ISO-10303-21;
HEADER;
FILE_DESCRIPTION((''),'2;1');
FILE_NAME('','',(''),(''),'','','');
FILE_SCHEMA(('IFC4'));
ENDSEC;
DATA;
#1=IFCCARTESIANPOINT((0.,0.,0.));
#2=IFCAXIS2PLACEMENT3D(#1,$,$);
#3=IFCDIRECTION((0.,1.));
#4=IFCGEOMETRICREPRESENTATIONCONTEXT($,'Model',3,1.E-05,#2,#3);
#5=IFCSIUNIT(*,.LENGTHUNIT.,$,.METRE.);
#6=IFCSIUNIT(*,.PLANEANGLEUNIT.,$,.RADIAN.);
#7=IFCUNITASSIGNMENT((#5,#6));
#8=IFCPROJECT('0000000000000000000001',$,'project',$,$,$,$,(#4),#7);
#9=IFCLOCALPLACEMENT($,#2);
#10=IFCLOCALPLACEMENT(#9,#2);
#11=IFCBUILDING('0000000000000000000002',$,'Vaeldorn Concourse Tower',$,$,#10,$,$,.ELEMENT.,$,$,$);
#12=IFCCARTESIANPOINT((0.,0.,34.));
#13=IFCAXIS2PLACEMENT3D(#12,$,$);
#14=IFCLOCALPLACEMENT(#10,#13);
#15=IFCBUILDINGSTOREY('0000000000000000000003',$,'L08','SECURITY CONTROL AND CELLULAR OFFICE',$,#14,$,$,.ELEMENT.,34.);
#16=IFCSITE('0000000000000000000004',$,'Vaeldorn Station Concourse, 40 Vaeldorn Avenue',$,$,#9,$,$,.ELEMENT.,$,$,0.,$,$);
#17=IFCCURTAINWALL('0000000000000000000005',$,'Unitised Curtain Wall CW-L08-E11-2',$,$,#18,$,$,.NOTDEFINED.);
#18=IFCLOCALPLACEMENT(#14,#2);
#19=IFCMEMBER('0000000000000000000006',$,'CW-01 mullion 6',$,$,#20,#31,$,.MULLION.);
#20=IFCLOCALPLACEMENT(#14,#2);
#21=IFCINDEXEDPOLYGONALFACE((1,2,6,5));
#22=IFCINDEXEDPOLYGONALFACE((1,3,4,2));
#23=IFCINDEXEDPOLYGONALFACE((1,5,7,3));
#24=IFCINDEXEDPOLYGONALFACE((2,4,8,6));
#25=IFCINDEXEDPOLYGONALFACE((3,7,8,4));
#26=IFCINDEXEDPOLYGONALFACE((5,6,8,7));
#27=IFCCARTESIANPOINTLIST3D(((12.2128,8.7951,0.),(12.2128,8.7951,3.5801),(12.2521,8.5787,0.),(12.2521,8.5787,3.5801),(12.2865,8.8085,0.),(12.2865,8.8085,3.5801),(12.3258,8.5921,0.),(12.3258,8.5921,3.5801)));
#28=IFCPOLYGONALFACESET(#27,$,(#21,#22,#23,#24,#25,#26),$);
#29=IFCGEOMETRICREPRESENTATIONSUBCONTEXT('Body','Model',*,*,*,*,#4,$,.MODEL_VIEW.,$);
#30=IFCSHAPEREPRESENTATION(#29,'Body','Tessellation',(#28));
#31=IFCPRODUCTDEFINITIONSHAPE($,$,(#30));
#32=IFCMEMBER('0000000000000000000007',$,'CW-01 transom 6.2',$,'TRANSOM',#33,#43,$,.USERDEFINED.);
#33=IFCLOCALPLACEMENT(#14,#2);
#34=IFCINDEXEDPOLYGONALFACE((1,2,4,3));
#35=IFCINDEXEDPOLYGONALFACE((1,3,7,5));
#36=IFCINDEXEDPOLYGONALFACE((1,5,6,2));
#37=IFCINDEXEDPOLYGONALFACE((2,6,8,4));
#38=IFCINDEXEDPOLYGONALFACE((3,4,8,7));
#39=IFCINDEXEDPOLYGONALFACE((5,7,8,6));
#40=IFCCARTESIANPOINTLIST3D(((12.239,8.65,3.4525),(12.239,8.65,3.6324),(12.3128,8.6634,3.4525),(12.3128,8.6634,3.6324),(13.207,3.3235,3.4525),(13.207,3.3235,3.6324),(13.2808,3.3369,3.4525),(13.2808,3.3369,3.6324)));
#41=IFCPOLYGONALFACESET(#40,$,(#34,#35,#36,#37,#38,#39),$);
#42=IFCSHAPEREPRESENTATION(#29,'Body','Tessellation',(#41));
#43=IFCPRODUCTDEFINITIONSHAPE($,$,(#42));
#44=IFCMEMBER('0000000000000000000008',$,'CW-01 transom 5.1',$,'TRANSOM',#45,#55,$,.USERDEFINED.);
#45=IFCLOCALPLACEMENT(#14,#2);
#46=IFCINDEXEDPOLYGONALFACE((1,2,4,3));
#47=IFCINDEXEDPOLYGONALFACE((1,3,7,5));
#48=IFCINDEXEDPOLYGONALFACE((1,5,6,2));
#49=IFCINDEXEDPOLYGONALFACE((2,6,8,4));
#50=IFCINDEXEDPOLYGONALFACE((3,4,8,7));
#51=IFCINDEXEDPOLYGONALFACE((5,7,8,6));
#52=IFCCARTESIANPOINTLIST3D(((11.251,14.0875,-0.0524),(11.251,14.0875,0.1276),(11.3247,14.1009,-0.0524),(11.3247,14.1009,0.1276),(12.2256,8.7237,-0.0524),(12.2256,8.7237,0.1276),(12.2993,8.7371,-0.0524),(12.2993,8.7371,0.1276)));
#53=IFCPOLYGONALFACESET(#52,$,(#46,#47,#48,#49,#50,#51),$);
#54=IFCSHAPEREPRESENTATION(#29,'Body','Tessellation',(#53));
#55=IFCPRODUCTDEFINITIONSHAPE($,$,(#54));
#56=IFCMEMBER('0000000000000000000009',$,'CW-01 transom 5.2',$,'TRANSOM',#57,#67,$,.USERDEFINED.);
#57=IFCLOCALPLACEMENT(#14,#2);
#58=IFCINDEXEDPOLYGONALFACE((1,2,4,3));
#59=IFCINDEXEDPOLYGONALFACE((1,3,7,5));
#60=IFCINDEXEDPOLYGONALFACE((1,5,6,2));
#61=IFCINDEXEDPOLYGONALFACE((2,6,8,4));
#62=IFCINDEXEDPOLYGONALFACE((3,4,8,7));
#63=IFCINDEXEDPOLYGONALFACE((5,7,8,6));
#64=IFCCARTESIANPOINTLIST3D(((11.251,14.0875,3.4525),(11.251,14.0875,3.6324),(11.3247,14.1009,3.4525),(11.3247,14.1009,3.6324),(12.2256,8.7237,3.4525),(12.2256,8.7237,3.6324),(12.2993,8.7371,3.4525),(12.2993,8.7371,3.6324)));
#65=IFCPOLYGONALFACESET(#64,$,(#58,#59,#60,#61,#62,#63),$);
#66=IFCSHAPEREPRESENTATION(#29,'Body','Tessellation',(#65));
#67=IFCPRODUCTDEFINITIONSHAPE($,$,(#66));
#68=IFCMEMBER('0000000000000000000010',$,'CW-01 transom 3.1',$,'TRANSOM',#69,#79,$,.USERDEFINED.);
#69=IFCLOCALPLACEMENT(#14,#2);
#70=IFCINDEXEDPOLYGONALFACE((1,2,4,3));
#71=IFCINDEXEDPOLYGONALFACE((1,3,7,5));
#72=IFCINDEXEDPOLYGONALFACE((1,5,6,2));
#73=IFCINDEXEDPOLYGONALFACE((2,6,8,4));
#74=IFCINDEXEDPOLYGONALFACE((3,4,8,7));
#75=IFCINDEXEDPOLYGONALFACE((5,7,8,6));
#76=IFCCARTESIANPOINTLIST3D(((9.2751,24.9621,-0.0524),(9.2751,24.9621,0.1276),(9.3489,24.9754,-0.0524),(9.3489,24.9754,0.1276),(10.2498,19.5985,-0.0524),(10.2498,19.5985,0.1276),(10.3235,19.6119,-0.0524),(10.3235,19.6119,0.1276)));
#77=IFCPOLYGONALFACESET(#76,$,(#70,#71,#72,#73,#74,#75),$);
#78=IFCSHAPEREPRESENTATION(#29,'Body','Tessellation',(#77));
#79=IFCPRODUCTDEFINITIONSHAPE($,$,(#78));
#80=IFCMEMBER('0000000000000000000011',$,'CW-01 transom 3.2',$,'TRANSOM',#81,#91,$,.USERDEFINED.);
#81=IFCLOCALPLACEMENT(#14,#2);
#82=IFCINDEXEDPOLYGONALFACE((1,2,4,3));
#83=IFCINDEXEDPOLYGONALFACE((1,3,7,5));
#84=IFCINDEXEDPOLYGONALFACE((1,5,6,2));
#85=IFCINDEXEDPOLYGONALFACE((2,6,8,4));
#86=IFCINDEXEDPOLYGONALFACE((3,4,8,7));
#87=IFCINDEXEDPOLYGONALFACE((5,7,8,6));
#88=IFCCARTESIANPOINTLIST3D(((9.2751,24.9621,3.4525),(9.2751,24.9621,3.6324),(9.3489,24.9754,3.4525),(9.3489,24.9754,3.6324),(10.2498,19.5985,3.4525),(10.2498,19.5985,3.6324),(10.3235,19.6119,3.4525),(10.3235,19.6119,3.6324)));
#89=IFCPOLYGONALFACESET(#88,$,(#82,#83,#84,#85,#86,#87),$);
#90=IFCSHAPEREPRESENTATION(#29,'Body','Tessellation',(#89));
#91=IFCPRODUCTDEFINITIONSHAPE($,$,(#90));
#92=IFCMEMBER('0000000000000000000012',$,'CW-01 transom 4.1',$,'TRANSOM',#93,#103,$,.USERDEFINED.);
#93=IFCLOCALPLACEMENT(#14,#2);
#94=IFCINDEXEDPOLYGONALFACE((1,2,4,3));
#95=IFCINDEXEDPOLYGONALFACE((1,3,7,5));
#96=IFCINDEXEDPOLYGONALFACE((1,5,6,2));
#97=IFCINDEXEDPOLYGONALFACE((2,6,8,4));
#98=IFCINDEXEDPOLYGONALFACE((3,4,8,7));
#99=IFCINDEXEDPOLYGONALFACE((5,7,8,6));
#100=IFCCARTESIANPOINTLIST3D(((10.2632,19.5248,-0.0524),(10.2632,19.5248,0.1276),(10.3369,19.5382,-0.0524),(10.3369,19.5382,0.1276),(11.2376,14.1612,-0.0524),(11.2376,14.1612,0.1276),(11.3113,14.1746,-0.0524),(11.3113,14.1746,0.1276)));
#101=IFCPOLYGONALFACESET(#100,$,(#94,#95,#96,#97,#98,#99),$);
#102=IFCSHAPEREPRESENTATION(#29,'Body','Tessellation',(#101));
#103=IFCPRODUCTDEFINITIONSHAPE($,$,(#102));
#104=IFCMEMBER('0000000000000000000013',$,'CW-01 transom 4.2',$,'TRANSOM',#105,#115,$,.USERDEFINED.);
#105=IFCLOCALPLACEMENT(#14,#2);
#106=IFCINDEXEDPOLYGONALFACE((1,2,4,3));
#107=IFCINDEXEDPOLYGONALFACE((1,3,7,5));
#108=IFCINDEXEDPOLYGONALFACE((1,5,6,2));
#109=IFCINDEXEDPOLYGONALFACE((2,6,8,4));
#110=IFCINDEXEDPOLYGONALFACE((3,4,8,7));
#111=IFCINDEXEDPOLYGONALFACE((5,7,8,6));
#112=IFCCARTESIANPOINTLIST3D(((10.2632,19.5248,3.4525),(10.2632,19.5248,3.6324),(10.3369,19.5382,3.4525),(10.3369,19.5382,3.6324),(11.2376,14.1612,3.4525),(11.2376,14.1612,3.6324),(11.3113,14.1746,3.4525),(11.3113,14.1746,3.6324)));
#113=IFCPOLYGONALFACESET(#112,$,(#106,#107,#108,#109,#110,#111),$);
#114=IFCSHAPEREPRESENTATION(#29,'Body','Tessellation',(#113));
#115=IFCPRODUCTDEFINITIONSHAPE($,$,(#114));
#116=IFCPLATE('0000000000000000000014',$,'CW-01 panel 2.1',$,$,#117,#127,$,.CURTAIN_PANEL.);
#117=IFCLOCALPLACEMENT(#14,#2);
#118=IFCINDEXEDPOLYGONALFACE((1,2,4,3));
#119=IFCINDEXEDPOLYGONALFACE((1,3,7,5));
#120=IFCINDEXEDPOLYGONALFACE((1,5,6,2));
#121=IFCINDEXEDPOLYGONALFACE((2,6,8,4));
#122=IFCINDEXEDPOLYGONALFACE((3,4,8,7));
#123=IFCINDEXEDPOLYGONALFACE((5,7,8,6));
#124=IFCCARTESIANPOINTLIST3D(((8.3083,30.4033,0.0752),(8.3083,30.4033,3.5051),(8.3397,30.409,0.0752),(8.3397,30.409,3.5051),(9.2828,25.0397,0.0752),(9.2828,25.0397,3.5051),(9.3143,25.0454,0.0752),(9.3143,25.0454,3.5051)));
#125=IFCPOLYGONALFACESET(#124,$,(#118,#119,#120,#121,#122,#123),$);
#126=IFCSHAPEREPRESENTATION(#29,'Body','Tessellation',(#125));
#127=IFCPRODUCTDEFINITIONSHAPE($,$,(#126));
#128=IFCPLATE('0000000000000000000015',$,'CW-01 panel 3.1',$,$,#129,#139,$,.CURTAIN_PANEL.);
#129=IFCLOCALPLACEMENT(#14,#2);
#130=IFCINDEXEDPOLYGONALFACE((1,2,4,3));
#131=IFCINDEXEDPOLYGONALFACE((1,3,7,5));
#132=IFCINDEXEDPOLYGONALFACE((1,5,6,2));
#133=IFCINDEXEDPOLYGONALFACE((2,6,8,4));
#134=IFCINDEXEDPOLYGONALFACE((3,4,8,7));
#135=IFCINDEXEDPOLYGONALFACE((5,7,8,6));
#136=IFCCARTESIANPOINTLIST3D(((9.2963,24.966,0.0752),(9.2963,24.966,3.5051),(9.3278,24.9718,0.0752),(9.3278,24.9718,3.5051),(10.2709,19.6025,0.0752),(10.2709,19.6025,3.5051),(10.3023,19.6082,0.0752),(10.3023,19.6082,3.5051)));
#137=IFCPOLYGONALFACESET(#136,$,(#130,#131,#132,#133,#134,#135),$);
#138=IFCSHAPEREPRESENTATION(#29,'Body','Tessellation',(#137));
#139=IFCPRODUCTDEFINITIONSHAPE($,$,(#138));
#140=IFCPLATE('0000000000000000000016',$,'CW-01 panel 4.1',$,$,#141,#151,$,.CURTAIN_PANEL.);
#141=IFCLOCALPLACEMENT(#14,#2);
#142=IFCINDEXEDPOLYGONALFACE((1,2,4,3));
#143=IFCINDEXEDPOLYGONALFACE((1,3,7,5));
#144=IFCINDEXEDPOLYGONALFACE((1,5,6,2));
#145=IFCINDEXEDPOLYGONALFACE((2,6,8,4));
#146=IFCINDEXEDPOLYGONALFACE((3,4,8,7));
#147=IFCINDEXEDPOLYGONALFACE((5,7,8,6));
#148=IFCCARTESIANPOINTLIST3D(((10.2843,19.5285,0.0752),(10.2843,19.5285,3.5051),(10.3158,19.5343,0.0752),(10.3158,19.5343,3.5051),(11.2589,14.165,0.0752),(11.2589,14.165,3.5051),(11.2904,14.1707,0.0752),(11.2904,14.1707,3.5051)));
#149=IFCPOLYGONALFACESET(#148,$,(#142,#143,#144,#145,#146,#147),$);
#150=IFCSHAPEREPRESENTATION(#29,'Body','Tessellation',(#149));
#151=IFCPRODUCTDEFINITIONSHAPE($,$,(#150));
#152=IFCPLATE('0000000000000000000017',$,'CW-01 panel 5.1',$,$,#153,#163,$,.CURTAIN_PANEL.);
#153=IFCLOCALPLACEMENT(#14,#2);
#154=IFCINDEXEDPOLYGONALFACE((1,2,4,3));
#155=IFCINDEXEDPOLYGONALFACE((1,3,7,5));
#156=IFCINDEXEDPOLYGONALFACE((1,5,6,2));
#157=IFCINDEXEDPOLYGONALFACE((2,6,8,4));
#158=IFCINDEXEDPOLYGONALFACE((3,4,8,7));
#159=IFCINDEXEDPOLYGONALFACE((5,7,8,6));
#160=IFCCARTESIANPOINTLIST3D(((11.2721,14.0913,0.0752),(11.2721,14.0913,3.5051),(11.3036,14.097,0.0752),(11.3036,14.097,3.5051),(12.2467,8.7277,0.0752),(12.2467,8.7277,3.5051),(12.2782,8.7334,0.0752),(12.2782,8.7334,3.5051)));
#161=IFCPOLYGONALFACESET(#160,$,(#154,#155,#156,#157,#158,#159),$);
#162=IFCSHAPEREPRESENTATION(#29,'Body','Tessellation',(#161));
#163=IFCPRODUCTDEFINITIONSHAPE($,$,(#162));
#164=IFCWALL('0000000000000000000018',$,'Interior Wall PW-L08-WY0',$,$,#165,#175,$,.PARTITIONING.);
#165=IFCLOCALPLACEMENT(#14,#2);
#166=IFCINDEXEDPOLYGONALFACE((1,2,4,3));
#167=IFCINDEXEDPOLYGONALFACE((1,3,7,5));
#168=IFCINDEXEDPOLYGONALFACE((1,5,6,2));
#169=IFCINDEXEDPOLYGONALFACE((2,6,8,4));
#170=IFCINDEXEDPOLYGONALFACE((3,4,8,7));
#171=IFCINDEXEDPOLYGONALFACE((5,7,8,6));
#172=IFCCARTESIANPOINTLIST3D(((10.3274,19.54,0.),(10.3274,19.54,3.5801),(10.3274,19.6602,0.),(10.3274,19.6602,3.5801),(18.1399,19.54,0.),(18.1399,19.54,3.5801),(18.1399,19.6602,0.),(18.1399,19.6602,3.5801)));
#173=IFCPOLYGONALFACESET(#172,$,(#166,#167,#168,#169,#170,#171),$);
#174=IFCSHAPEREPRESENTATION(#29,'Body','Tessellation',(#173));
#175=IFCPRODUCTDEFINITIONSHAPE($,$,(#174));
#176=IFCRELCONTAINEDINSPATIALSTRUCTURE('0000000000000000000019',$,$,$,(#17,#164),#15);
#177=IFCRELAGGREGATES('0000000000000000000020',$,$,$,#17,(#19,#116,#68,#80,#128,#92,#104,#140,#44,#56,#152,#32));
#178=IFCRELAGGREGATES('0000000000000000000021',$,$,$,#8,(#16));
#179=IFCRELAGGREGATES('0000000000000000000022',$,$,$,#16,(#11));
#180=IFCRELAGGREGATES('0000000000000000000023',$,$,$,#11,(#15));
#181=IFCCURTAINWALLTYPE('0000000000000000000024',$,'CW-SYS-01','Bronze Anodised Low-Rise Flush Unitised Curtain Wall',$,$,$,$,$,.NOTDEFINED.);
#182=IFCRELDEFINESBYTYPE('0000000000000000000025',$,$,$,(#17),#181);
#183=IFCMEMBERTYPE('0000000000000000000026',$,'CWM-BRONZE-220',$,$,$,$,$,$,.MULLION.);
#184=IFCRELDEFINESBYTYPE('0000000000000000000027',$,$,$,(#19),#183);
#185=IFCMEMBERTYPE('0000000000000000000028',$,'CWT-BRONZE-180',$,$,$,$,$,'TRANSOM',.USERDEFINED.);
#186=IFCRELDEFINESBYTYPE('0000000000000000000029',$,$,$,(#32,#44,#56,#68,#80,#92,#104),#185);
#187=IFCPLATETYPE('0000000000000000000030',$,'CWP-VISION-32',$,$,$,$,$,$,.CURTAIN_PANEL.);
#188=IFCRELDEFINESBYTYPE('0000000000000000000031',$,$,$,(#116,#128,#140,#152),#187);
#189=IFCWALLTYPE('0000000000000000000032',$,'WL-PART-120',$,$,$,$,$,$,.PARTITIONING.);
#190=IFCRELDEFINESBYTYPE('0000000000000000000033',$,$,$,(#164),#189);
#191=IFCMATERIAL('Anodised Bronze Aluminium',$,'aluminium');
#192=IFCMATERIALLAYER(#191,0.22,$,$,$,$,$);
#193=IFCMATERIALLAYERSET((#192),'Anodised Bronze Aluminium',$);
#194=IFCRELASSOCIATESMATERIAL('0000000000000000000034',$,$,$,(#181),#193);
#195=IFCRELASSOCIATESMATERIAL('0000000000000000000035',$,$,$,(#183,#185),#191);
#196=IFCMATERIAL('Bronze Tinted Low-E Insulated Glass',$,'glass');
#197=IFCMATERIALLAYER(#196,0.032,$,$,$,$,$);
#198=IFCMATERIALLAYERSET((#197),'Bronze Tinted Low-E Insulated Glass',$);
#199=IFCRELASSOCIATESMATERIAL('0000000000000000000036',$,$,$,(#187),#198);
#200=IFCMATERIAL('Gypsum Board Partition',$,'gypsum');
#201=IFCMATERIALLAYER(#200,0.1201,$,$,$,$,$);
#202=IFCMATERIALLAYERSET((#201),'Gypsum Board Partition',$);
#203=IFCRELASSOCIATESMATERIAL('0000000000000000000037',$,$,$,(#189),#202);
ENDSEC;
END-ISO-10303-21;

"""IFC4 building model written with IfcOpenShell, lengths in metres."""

from ifc_helpers import new_model, si_unit, direction, frame, frame_2d, origin, origin_2d, place, context, subcontext, project, spatial, rectangle, extrude, source, transform, mapped, material, layer, layer_set, material_profile, profile_set, type_object, element, aggregate, save


model = new_model("IFC4")

# Units and contexts
model_context = context("Model", 3, precision=1e-05, world=origin(), true_north=direction((0.0, 1.0)))
body_context = subcontext(model_context, "Body", "Model", "MODEL_VIEW")
ifc_project = project(units=[si_unit("LENGTHUNIT", "METRE"), si_unit("PLANEANGLEUNIT", "RADIAN")], contexts=[model_context])

# Site, building, storey
site_placement = place(None, origin())
site = spatial("IfcSite", under=ifc_project, at=site_placement, Name="Vaeldorn Station Concourse, 40 Vaeldorn Avenue", CompositionType="ELEMENT", RefElevation=0.0)
building_placement = place(site_placement, origin())
building = spatial("IfcBuilding", under=site, at=building_placement, Name="Vaeldorn Concourse Tower", CompositionType="ELEMENT")
storey_placement = place(building_placement, frame((0.0, 0.0, 34.0)))
storey = spatial("IfcBuildingStorey", under=building, at=storey_placement, Name="L08", Description="SECURITY CONTROL AND CELLULAR OFFICE", CompositionType="ELEMENT", Elevation=34.0)

# Curtain wall, members, plates
ifc_material_1 = material(Name="Anodised Bronze Aluminium", Category="aluminium")
ifc_layer_1 = layer(ifc_material_1, 0.22)
ifc_layer_set_1 = layer_set([ifc_layer_1], Name="Anodised Bronze Aluminium")
curtain_wall_type = type_object("IfcCurtainWallType", Name="CW-SYS-01", Description="Bronze Anodised Low-Rise Flush Unitised Curtain Wall", PredefinedType="NOTDEFINED", material=ifc_layer_set_1)
curtain_wall_placement = place(storey_placement, origin())
curtain_wall = element("IfcCurtainWall", 1, at=curtain_wall_placement, inside=storey, type_object=curtain_wall_type, Name="Unitised Curtain Wall CW-L08-E11-2", PredefinedType="NOTDEFINED")
ifc_material_profile_1 = material_profile(ifc_material_1, rectangle(XDim=0.075, YDim=0.22, at=origin_2d()), Name="CWM 75x220")
ifc_profile_set_1 = profile_set([ifc_material_profile_1], Name="Anodised Bronze Aluminium")
member_type_1 = type_object("IfcMemberType", Name="CWM-BRONZE-220", PredefinedType="MULLION", material=ifc_profile_set_1)
shared_shape_1 = source(origin(), body_context, "Body", "SweptSolid", [
    extrude(rectangle(XDim=0.075, YDim=0.22, at=origin_2d()), origin(), (0.0, 0.0, 1.0), 3.5801),
])
member_1_placement = place(storey_placement, frame((12.2693, 8.6936, 0.0), z_axis=(0.0, 0.0, 1.0), x_axis=(0.98389, 0.178775, 0.0)))
member_1 = element("IfcMember", 2, at=member_1_placement, type_object=member_type_1, Name="CW-01 mullion 6", PredefinedType="MULLION", context=body_context, shape_type="MappedRepresentation", body=[
    mapped(shared_shape_1, transform((0.0, 0.0, 0.0), scale=1.0)),
])
ifc_material_profile_2 = material_profile(ifc_material_1, rectangle(XDim=0.075, YDim=0.1799, at=origin_2d()), Name="CWT 75x180")
ifc_profile_set_2 = profile_set([ifc_material_profile_2], Name="Anodised Bronze Aluminium")
member_type_2 = type_object("IfcMemberType", Name="CWT-BRONZE-180", ElementType="TRANSOM", PredefinedType="USERDEFINED", material=ifc_profile_set_2)
shared_shape_2 = source(origin(), body_context, "Body", "SweptSolid", [
    extrude(rectangle(XDim=0.075, YDim=0.1799, at=origin_2d()), origin(), (0.0, 0.0, 1.0), 5.4138),
])
member_2_placement = place(storey_placement, frame((12.2759, 8.6567, 3.5425), z_axis=(0.178802, -0.983885, 0.0), x_axis=(0.983885, 0.178802, 0.0)))
member_2 = element("IfcMember", 3, at=member_2_placement, type_object=member_type_2, Name="CW-01 transom 6.2", ObjectType="TRANSOM", PredefinedType="USERDEFINED", context=body_context, shape_type="MappedRepresentation", body=[
    mapped(shared_shape_2, transform((0.0, 0.0, 0.0), scale=1.0)),
])
shared_shape_3 = source(origin(), body_context, "Body", "SweptSolid", [
    extrude(rectangle(XDim=0.075, YDim=0.1799, at=origin_2d()), origin(), (0.0, 0.0, 1.0), 5.4517),
])
member_3_placement = place(storey_placement, frame((11.2878, 14.0942, 0.0376), z_axis=(0.178775, -0.98389, 0.0), x_axis=(0.98389, 0.178775, 0.0)))
member_3 = element("IfcMember", 4, at=member_3_placement, type_object=member_type_2, Name="CW-01 transom 5.1", ObjectType="TRANSOM", PredefinedType="USERDEFINED", context=body_context, shape_type="MappedRepresentation", body=[
    mapped(shared_shape_3, transform((0.0, 0.0, 0.0), scale=1.0)),
])
member_4_placement = place(storey_placement, frame((11.2878, 14.0942, 3.5425), z_axis=(0.178775, -0.98389, 0.0), x_axis=(0.98389, 0.178775, 0.0)))
member_4 = element("IfcMember", 5, at=member_4_placement, type_object=member_type_2, Name="CW-01 transom 5.2", ObjectType="TRANSOM", PredefinedType="USERDEFINED", context=body_context, shape_type="MappedRepresentation", body=[
    mapped(shared_shape_3, transform((0.0, 0.0, 0.0), scale=1.0)),
])
shared_shape_4 = source(origin(), body_context, "Body", "SweptSolid", [
    extrude(rectangle(XDim=0.075, YDim=0.1799, at=origin_2d()), origin(), (0.0, 0.0, 1.0), 5.4514),
])
member_5_placement = place(storey_placement, frame((9.312, 24.9688, 0.0376), z_axis=(0.178783, -0.983889, 0.0), x_axis=(0.983889, 0.178783, 0.0)))
member_5 = element("IfcMember", 6, at=member_5_placement, type_object=member_type_2, Name="CW-01 transom 3.1", ObjectType="TRANSOM", PredefinedType="USERDEFINED", context=body_context, shape_type="MappedRepresentation", body=[
    mapped(shared_shape_4, transform((0.0, 0.0, 0.0), scale=1.0)),
])
member_6_placement = place(storey_placement, frame((9.312, 24.9688, 3.5425), z_axis=(0.178783, -0.983889, 0.0), x_axis=(0.983889, 0.178783, 0.0)))
member_6 = element("IfcMember", 7, at=member_6_placement, type_object=member_type_2, Name="CW-01 transom 3.2", ObjectType="TRANSOM", PredefinedType="USERDEFINED", context=body_context, shape_type="MappedRepresentation", body=[
    mapped(shared_shape_4, transform((0.0, 0.0, 0.0), scale=1.0)),
])
member_7_placement = place(storey_placement, frame((10.3, 19.5315, 0.0376), z_axis=(0.17874, -0.983896, 0.0), x_axis=(0.983896, 0.17874, 0.0)))
member_7 = element("IfcMember", 8, at=member_7_placement, type_object=member_type_2, Name="CW-01 transom 4.1", ObjectType="TRANSOM", PredefinedType="USERDEFINED", context=body_context, shape_type="MappedRepresentation", body=[
    mapped(shared_shape_4, transform((0.0, 0.0, 0.0), scale=1.0)),
])
member_8_placement = place(storey_placement, frame((10.3, 19.5315, 3.5425), z_axis=(0.17874, -0.983896, 0.0), x_axis=(0.983896, 0.17874, 0.0)))
member_8 = element("IfcMember", 9, at=member_8_placement, type_object=member_type_2, Name="CW-01 transom 4.2", ObjectType="TRANSOM", PredefinedType="USERDEFINED", context=body_context, shape_type="MappedRepresentation", body=[
    mapped(shared_shape_4, transform((0.0, 0.0, 0.0), scale=1.0)),
])
ifc_material_2 = material(Name="Bronze Tinted Low-E Insulated Glass", Category="glass")
ifc_layer_2 = layer(ifc_material_2, 0.032)
ifc_layer_set_2 = layer_set([ifc_layer_2], Name="Bronze Tinted Low-E Insulated Glass")
plate_type = type_object("IfcPlateType", Name="CWP-VISION-32", PredefinedType="CURTAIN_PANEL", material=ifc_layer_set_2)
shared_shape_5 = source(origin(), body_context, "Body", "SweptSolid", [
    extrude(rectangle(XDim=5.4514, YDim=0.032, at=origin_2d()), origin(), (0.0, 0.0, 1.0), 3.4299),
])
plate_1_placement = place(storey_placement, frame((8.8113, 27.7244, 0.0752), z_axis=(0.0, 0.0, 1.0), x_axis=(0.178775, -0.98389, 0.0)))
plate_1 = element("IfcPlate", 10, at=plate_1_placement, type_object=plate_type, Name="CW-01 panel 2.1", PredefinedType="CURTAIN_PANEL", context=body_context, shape_type="MappedRepresentation", body=[
    mapped(shared_shape_5, transform((0.0, 0.0, 0.0), scale=1.0)),
])
plate_2_placement = place(storey_placement, frame((9.7993, 22.2871, 0.0752), z_axis=(0.0, 0.0, 1.0), x_axis=(0.178775, -0.98389, 0.0)))
plate_2 = element("IfcPlate", 11, at=plate_2_placement, type_object=plate_type, Name="CW-01 panel 3.1", PredefinedType="CURTAIN_PANEL", context=body_context, shape_type="MappedRepresentation", body=[
    mapped(shared_shape_5, transform((0.0, 0.0, 0.0), scale=1.0)),
])
plate_3_placement = place(storey_placement, frame((10.7874, 16.8496, 0.0752), z_axis=(0.0, 0.0, 1.0), x_axis=(0.178775, -0.98389, 0.0)))
plate_3 = element("IfcPlate", 12, at=plate_3_placement, type_object=plate_type, Name="CW-01 panel 4.1", PredefinedType="CURTAIN_PANEL", context=body_context, shape_type="MappedRepresentation", body=[
    mapped(shared_shape_5, transform((0.0, 0.0, 0.0), scale=1.0)),
])
plate_4_placement = place(storey_placement, frame((11.7751, 11.4124, 0.0752), z_axis=(0.0, 0.0, 1.0), x_axis=(0.178775, -0.98389, 0.0)))
plate_4 = element("IfcPlate", 13, at=plate_4_placement, type_object=plate_type, Name="CW-01 panel 5.1", PredefinedType="CURTAIN_PANEL", context=body_context, shape_type="MappedRepresentation", body=[
    mapped(shared_shape_5, transform((0.0, 0.0, 0.0), scale=1.0)),
])
aggregate(curtain_wall, [member_1, plate_1, member_5, member_6, plate_2, member_7, member_8, plate_3, member_3, member_4, plate_4, member_2])

# Wall
ifc_material_3 = material(Name="Gypsum Board Partition", Category="gypsum")
ifc_layer_3 = layer(ifc_material_3, 0.1201)
ifc_layer_set_3 = layer_set([ifc_layer_3], Name="Gypsum Board Partition")
wall_type = type_object("IfcWallType", Name="WL-PART-120", PredefinedType="PARTITIONING", material=ifc_layer_set_3)
wall_placement = place(storey_placement, frame((10.3274, 19.6001, 0.0), z_axis=(0.0, 0.0, 1.0), x_axis=(1.0, 0.0, 0.0)))
element("IfcWall", 14, at=wall_placement, inside=storey, type_object=wall_type, Name="Interior Wall PW-L08-WY0", PredefinedType="PARTITIONING", context=body_context, shape_type="SweptSolid", body=[
    extrude(rectangle(XDim=7.8125, YDim=0.1201, at=frame_2d((3.9062, 0.0))), origin(), (0.0, 0.0, 1.0), 3.5801),
])

save(model, "model.ifc")
